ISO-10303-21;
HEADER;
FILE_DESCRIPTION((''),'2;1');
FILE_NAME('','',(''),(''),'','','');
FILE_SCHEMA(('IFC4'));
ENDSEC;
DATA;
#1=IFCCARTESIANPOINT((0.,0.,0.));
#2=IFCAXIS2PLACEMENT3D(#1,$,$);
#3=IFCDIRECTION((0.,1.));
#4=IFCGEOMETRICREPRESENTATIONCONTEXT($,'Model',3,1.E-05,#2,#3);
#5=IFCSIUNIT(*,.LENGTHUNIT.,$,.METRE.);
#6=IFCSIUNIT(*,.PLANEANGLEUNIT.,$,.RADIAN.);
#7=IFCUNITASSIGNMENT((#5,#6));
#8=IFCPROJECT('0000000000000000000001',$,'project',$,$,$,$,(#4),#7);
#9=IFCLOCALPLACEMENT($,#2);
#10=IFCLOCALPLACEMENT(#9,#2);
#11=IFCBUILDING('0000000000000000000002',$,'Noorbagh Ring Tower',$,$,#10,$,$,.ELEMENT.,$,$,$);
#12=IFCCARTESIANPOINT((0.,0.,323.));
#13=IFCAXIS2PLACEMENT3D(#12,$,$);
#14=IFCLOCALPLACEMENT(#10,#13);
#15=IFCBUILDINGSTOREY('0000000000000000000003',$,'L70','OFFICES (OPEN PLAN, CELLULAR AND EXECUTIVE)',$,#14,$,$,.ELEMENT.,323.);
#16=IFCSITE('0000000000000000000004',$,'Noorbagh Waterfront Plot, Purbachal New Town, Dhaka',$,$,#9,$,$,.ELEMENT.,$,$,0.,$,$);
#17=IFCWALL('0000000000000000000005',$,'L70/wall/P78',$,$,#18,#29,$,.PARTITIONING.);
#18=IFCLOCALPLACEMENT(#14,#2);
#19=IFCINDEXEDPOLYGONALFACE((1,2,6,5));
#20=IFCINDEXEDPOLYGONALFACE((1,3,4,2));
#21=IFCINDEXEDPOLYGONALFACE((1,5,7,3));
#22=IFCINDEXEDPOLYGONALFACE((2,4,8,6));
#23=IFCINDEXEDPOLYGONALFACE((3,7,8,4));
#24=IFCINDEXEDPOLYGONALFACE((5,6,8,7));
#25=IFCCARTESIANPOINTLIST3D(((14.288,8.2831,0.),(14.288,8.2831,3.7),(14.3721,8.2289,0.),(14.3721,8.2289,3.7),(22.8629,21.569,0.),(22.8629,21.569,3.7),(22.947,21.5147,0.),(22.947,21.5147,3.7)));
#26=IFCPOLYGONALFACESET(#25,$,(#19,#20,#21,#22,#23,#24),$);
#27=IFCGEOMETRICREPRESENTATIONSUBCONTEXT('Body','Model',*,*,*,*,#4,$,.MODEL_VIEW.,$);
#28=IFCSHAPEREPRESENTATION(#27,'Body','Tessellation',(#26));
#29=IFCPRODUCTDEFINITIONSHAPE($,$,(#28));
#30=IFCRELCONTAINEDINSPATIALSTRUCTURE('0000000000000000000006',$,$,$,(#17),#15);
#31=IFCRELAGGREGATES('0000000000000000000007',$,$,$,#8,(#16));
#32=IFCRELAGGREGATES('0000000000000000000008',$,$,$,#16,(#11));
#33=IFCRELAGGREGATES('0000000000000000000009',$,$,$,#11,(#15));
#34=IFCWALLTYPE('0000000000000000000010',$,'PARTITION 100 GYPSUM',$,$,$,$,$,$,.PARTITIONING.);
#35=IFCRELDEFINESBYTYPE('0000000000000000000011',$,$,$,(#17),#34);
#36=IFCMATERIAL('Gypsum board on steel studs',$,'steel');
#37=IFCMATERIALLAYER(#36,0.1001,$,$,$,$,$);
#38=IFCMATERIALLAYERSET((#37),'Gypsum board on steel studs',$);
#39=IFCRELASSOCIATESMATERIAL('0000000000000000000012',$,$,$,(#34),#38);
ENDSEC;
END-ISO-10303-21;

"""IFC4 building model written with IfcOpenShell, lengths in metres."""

from ifc_helpers import new_model, si_unit, direction, frame, frame_2d, origin, place, context, subcontext, project, spatial, rectangle, extrude, material, layer, layer_set, type_object, element, save


model = new_model("IFC4")

# Units and contexts
model_context = context("Model", 3, precision=1e-05, world=origin(), true_north=direction((0.0, 1.0)))
body_context = subcontext(model_context, "Body", "Model", "MODEL_VIEW")
ifc_project = project(units=[si_unit("LENGTHUNIT", "METRE"), si_unit("PLANEANGLEUNIT", "RADIAN")], contexts=[model_context])

# Site, building, storey
site_placement = place(None, origin())
site = spatial("IfcSite", under=ifc_project, at=site_placement, Name="Noorbagh Waterfront Plot, Purbachal New Town, Dhaka", CompositionType="ELEMENT", RefElevation=0.0)
building_placement = place(site_placement, origin())
building = spatial("IfcBuilding", under=site, at=building_placement, Name="Noorbagh Ring Tower", CompositionType="ELEMENT")
storey_placement = place(building_placement, frame((0.0, 0.0, 323.0)))
storey = spatial("IfcBuildingStorey", under=building, at=storey_placement, Name="L70", Description="OFFICES (OPEN PLAN, CELLULAR AND EXECUTIVE)", CompositionType="ELEMENT", Elevation=323.0)

# Wall
ifc_material_1 = material(Name="Gypsum board on steel studs", Category="steel")
ifc_layer_1 = layer(ifc_material_1, 0.1001)
ifc_layer_set_1 = layer_set([ifc_layer_1], Name="Gypsum board on steel studs")
wall_type_1 = type_object("IfcWallType", Name="PARTITION 100 GYPSUM", PredefinedType="PARTITIONING", material=ifc_layer_set_1)
wall_1_placement = place(storey_placement, frame((14.3301, 8.2561, 0.0), z_axis=(0.0, 0.0, 1.0), x_axis=(0.542279, 0.840198, 0.0)))
element("IfcWall", 1, at=wall_1_placement, inside=storey, type_object=wall_type_1, Name="L70/wall/P78", PredefinedType="PARTITIONING", context=body_context, shape_type="SweptSolid", body=[
    extrude(rectangle(XDim=15.8127, YDim=0.1001, at=frame_2d((7.9062, 0.0))), origin(), (0.0, 0.0, 1.0), 3.7),
])

save(model, "model.ifc")
